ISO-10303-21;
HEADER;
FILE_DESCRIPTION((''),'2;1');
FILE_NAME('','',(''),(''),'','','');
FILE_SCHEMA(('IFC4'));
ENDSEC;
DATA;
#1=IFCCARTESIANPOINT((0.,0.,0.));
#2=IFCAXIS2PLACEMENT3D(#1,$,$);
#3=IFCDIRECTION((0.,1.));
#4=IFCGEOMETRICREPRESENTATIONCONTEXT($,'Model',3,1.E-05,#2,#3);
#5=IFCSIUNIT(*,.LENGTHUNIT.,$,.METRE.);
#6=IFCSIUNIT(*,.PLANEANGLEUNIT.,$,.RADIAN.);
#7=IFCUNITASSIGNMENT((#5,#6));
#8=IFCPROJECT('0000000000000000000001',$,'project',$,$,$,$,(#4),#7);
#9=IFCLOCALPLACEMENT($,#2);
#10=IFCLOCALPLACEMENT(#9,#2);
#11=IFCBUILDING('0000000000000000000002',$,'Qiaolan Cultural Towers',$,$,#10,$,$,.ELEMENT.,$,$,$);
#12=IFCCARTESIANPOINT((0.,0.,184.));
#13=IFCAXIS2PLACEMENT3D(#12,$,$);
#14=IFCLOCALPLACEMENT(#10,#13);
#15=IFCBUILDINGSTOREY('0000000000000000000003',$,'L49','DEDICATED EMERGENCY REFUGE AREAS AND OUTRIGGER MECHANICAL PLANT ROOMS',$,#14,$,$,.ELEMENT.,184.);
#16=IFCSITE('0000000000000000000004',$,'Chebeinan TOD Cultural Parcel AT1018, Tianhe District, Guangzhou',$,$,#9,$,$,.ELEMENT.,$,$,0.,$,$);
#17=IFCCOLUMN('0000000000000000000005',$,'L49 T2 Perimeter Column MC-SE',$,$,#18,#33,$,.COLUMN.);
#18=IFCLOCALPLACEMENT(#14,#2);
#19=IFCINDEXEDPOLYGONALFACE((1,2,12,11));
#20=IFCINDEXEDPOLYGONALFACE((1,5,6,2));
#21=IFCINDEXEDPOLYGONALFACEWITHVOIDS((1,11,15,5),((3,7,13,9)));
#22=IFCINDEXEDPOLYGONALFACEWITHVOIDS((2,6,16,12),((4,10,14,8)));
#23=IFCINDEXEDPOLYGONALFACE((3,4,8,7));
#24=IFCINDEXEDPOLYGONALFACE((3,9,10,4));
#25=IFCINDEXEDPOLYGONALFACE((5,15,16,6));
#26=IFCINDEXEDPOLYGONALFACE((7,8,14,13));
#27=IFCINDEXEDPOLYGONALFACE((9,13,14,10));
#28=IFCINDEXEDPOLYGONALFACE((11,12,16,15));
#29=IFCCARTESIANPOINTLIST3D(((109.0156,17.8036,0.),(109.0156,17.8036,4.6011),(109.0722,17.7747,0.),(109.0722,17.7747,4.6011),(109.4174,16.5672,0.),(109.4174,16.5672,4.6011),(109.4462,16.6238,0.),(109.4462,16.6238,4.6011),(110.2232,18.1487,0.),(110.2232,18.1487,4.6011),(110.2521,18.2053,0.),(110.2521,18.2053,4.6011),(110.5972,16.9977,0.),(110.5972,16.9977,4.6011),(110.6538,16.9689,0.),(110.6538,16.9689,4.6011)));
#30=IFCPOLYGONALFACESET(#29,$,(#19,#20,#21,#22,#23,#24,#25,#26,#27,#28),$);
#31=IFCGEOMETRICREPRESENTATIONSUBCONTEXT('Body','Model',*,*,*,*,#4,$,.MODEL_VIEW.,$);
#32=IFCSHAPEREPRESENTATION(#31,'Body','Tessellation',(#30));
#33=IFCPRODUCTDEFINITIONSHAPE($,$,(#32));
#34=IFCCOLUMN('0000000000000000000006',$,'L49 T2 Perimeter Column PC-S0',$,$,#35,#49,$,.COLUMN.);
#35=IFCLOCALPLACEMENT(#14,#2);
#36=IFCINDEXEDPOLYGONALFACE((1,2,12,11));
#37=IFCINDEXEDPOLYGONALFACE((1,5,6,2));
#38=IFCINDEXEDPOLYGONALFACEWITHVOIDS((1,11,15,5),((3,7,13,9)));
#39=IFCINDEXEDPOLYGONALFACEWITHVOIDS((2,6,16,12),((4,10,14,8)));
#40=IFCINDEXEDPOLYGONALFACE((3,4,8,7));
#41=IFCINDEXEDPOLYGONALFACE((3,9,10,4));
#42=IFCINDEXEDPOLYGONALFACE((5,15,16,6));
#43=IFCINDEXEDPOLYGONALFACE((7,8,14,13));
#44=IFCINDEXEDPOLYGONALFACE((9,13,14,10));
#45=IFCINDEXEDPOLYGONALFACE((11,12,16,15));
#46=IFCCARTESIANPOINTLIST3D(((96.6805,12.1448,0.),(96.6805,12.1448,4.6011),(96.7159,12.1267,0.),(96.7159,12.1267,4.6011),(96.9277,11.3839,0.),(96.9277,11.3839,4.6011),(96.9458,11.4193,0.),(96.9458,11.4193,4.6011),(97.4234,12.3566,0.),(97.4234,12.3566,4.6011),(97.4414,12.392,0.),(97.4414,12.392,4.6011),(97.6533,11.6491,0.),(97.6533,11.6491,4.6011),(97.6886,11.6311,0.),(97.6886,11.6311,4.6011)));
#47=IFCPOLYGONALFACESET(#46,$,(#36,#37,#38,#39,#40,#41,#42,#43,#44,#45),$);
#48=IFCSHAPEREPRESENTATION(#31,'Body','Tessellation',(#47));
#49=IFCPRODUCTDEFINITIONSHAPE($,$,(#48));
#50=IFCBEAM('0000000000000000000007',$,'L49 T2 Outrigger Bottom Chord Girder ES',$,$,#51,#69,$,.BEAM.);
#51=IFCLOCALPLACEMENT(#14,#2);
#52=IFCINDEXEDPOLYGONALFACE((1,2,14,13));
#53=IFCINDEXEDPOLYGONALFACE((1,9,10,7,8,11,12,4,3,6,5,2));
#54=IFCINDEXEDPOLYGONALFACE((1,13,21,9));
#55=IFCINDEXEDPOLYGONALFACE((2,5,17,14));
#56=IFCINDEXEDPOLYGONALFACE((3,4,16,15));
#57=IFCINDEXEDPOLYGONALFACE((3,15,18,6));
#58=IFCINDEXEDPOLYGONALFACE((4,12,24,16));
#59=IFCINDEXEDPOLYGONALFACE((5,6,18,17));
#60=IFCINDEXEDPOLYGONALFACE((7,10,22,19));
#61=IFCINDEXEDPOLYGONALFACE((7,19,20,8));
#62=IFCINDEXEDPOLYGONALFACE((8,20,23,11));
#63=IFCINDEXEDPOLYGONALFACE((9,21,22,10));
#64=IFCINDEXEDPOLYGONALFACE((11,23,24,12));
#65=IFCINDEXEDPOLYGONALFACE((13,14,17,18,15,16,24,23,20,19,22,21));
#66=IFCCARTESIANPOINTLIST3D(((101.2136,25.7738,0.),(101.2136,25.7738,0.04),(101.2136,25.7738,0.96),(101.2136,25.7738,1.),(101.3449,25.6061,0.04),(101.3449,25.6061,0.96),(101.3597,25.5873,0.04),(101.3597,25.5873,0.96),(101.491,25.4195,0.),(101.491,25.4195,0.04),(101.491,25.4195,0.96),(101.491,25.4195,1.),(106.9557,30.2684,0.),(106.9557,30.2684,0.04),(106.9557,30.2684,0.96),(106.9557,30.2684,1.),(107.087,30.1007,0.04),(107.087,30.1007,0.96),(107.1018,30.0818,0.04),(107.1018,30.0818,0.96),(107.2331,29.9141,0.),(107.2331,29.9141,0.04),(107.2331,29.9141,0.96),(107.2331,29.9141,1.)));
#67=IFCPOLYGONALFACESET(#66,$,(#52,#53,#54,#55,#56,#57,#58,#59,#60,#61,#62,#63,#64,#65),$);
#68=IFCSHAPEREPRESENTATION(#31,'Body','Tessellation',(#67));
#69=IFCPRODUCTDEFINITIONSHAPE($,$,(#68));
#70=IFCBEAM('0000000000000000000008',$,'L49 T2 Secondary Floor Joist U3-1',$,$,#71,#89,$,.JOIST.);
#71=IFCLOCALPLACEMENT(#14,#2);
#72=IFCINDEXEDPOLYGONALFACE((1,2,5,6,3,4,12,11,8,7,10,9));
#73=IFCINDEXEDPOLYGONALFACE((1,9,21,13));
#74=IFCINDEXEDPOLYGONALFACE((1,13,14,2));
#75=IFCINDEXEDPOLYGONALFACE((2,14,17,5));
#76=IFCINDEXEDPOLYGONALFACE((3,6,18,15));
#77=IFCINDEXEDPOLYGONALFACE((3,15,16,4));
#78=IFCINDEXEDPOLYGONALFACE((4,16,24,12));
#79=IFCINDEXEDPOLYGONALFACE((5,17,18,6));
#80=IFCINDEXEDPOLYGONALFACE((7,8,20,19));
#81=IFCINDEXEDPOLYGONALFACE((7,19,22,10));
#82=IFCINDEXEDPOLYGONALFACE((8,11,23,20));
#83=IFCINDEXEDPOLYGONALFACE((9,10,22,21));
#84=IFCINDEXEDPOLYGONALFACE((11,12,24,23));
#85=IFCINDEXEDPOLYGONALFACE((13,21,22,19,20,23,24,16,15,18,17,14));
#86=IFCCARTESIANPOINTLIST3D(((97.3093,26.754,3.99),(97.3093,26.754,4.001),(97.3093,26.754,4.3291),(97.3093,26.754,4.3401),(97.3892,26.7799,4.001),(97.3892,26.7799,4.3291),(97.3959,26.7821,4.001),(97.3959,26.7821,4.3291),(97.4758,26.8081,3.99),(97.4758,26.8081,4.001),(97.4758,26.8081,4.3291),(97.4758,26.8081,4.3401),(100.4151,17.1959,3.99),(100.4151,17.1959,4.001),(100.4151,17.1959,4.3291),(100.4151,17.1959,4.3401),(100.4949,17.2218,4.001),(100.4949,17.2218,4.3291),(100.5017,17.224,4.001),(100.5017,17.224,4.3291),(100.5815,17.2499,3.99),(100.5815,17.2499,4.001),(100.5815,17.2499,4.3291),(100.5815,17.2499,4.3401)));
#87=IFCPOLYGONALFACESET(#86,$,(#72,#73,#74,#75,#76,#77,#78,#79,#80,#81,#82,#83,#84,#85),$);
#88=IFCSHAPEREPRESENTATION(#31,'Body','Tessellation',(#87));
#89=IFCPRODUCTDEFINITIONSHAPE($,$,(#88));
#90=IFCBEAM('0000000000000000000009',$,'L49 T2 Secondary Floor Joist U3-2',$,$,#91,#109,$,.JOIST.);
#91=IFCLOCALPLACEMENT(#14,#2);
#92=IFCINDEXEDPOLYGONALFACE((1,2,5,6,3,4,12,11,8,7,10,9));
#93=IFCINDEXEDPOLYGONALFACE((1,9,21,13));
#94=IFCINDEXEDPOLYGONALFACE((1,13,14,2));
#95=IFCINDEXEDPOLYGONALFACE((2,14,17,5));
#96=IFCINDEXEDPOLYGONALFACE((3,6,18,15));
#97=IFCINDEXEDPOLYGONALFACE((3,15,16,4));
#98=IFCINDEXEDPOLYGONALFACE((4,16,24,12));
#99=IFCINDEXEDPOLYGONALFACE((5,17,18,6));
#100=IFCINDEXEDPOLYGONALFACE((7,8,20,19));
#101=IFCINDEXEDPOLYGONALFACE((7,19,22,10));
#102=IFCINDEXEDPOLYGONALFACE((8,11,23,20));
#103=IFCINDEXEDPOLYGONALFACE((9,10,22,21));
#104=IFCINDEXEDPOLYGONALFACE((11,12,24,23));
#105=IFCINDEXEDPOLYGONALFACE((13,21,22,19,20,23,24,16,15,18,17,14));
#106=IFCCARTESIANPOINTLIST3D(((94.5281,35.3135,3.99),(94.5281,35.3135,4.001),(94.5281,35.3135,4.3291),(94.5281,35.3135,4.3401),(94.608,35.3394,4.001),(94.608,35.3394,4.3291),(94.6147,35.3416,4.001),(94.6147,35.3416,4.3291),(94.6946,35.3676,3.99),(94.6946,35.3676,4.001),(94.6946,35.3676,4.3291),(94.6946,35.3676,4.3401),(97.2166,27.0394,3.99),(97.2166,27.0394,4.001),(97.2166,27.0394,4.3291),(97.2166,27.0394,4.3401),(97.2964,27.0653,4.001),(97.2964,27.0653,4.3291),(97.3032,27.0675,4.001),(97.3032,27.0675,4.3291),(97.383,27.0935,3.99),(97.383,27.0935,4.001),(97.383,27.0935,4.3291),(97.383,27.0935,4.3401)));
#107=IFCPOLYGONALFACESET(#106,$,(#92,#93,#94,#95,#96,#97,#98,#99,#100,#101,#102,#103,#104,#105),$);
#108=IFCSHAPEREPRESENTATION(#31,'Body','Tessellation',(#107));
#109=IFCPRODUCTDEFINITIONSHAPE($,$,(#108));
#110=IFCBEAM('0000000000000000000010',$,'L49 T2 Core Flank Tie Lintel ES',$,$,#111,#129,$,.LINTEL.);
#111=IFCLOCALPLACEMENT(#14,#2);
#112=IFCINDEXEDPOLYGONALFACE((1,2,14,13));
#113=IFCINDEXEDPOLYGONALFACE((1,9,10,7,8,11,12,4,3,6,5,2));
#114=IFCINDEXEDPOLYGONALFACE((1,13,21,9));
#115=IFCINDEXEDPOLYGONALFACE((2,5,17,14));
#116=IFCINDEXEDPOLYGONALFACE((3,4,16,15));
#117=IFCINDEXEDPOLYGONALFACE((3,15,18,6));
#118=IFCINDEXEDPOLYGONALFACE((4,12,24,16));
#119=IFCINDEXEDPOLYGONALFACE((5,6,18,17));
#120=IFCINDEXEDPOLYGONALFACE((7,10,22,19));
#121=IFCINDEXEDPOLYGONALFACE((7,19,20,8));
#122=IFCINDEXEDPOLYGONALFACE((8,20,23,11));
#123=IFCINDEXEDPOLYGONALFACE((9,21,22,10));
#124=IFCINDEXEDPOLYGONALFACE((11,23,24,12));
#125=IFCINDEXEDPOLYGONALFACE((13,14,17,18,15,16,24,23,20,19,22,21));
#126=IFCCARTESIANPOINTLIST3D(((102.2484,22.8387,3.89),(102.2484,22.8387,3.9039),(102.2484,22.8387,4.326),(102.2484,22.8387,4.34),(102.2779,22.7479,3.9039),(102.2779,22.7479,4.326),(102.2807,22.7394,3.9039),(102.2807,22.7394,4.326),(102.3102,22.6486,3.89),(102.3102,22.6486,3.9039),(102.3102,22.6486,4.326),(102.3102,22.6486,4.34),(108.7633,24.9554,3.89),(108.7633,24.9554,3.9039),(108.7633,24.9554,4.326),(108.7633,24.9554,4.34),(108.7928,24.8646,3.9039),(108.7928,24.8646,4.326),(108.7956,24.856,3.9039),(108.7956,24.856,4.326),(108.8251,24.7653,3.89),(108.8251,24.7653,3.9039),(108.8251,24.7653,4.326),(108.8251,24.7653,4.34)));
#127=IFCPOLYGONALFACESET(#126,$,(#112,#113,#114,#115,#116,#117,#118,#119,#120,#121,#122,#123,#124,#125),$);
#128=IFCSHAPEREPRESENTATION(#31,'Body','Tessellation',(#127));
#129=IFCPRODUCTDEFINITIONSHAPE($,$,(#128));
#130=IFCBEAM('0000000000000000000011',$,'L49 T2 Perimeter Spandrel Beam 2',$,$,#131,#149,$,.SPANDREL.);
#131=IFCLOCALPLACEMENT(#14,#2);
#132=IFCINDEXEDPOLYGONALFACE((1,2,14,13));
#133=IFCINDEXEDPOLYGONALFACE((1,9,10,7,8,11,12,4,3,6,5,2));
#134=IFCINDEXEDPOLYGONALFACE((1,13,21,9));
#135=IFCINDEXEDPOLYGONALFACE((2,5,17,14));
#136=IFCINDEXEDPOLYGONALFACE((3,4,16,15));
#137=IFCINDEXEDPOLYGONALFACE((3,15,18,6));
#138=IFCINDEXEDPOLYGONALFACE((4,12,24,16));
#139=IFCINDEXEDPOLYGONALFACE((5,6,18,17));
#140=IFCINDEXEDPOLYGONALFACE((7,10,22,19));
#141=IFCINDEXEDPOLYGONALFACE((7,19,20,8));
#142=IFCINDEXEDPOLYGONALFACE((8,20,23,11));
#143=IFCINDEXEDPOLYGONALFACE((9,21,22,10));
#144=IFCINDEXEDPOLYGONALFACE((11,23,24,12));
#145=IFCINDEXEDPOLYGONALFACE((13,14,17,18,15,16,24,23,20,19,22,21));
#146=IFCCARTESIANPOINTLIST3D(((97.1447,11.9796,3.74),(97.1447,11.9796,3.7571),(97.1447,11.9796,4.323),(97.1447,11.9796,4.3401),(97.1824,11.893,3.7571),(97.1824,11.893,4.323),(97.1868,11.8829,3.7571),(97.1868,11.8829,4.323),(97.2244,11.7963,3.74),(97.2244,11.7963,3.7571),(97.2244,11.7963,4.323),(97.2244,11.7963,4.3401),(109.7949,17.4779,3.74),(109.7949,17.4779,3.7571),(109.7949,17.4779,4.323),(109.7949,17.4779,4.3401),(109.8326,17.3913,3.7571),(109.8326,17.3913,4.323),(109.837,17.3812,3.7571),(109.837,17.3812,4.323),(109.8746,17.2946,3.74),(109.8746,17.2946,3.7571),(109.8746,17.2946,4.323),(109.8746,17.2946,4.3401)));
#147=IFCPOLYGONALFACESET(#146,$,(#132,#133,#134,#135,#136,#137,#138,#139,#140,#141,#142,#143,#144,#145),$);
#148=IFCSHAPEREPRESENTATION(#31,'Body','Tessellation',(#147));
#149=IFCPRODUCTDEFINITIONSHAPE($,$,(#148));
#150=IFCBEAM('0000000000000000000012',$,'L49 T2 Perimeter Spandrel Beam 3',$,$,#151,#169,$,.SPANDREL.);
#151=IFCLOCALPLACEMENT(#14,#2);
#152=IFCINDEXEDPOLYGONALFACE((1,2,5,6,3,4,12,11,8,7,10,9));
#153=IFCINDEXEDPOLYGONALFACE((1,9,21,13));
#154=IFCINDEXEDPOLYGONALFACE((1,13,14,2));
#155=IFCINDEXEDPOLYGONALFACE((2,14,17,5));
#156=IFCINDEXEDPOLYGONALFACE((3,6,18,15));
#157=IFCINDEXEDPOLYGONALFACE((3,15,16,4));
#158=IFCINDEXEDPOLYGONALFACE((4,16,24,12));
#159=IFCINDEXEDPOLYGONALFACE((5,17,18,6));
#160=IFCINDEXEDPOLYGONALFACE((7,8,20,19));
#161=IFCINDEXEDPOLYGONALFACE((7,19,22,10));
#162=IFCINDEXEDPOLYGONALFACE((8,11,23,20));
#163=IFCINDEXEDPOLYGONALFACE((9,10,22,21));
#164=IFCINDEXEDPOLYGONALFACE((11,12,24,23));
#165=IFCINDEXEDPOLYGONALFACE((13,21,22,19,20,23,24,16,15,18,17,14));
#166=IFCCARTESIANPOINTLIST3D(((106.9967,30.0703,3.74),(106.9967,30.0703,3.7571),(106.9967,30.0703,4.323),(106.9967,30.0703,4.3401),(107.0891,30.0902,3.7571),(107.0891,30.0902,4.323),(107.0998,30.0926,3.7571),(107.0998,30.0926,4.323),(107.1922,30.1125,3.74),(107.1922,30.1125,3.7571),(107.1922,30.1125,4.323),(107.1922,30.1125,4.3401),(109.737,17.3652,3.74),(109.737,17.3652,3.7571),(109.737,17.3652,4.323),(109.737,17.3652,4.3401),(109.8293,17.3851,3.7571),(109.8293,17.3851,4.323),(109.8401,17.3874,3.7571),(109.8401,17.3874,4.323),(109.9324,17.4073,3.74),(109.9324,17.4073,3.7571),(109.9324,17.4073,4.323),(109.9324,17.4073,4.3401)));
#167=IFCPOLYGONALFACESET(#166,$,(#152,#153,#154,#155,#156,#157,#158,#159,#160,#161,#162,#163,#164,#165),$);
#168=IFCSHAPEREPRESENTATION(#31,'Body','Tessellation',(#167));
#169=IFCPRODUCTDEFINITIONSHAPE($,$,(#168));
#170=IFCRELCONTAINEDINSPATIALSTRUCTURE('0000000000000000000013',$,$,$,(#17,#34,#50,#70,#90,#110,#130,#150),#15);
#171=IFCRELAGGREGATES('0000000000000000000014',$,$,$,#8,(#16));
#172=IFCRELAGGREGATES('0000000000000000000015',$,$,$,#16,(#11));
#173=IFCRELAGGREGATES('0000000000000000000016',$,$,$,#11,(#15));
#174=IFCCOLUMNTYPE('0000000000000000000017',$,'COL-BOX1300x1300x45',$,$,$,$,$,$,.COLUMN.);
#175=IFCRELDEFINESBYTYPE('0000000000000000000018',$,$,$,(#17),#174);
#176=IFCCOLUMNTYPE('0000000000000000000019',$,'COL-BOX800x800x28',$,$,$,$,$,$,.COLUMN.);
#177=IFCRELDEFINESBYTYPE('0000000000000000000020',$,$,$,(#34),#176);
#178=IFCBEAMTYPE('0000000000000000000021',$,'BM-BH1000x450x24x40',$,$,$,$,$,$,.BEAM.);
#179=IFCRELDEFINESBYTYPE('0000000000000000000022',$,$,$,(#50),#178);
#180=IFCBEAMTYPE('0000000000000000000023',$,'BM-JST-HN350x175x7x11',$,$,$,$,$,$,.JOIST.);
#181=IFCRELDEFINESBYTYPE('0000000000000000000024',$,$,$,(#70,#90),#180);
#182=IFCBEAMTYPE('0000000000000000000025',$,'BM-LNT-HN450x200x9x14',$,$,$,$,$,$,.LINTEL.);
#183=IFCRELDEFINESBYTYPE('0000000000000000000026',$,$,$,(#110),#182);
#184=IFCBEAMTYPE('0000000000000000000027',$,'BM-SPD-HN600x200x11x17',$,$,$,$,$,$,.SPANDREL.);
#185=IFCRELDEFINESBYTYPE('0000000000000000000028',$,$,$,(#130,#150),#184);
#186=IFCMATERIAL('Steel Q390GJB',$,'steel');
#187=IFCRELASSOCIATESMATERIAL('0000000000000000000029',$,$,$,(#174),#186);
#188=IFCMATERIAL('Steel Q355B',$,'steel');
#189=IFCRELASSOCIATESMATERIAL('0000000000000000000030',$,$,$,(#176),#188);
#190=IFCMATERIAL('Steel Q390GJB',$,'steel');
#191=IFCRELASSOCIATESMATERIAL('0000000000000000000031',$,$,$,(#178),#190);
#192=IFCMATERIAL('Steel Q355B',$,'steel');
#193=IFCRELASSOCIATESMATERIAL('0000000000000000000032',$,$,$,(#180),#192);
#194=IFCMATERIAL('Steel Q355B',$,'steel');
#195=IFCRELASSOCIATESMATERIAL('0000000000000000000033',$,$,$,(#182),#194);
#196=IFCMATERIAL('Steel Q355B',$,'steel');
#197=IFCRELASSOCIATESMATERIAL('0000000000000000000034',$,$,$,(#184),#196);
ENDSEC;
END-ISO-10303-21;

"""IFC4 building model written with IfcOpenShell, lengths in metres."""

from ifc_helpers import new_model, si_unit, direction, frame, origin, origin_2d, place, context, subcontext, project, spatial, hollow_rectangle, i_section, extrude, material, material_profile, profile_set, type_object, element, save


model = new_model("IFC4")

# Units and contexts
model_context = context("Model", 3, precision=1e-05, world=origin(), true_north=direction((0.0, 1.0)))
body_context = subcontext(model_context, "Body", "Model", "MODEL_VIEW")
ifc_project = project(units=[si_unit("LENGTHUNIT", "METRE"), si_unit("PLANEANGLEUNIT", "RADIAN")], contexts=[model_context])

# Site, building, storey
site_placement = place(None, origin())
site = spatial("IfcSite", under=ifc_project, at=site_placement, Name="Chebeinan TOD Cultural Parcel AT1018, Tianhe District, Guangzhou", CompositionType="ELEMENT", RefElevation=0.0)
building_placement = place(site_placement, origin())
building = spatial("IfcBuilding", under=site, at=building_placement, Name="Qiaolan Cultural Towers", CompositionType="ELEMENT")
storey_placement = place(building_placement, frame((0.0, 0.0, 184.0)))
storey = spatial("IfcBuildingStorey", under=building, at=storey_placement, Name="L49", Description="DEDICATED EMERGENCY REFUGE AREAS AND OUTRIGGER MECHANICAL PLANT ROOMS", CompositionType="ELEMENT", Elevation=184.0)

# Columns
ifc_material_1 = material(Name="Steel Q390GJB", Category="steel")
ifc_material_profile_1 = material_profile(ifc_material_1, hollow_rectangle(XDim=1.3, YDim=1.3, WallThickness=0.0449, at=origin_2d()), Name="BOX1300x1300x45")
ifc_profile_set_1 = profile_set([ifc_material_profile_1], Name="Steel Q390GJB")
column_type_1 = type_object("IfcColumnType", Name="COL-BOX1300x1300x45", PredefinedType="COLUMN", material=ifc_profile_set_1)
column_1_placement = place(storey_placement, frame((109.8347, 17.3862, 0.0), z_axis=(0.0, 0.0, 1.0), x_axis=(0.951057, 0.309017, 0.0)))
element("IfcColumn", 1, at=column_1_placement, inside=storey, type_object=column_type_1, Name="L49 T2 Perimeter Column MC-SE", PredefinedType="COLUMN", context=body_context, shape_type="SweptSolid", body=[
    extrude(hollow_rectangle(XDim=1.3, YDim=1.3, WallThickness=0.0449, at=origin_2d()), origin(), (0.0, 0.0, 1.0), 4.6011),
])
ifc_material_2 = material(Name="Steel Q355B", Category="steel")
ifc_material_profile_2 = material_profile(ifc_material_2, hollow_rectangle(XDim=0.8, YDim=0.8, WallThickness=0.0281, at=origin_2d()), Name="BOX800x800x28")
ifc_profile_set_2 = profile_set([ifc_material_profile_2], Name="Steel Q355B")
column_type_2 = type_object("IfcColumnType", Name="COL-BOX800x800x28", PredefinedType="COLUMN", material=ifc_profile_set_2)
column_2_placement = place(storey_placement, frame((97.1846, 11.8879, 0.0), z_axis=(0.0, 0.0, 1.0), x_axis=(0.951057, 0.309017, 0.0)))
element("IfcColumn", 2, at=column_2_placement, inside=storey, type_object=column_type_2, Name="L49 T2 Perimeter Column PC-S0", PredefinedType="COLUMN", context=body_context, shape_type="SweptSolid", body=[
    extrude(hollow_rectangle(XDim=0.8, YDim=0.8, WallThickness=0.0281, at=origin_2d()), origin(), (0.0, 0.0, 1.0), 4.6011),
])

# Beams
ifc_material_3 = material(Name="Steel Q390GJB", Category="steel")
ifc_material_profile_3 = material_profile(ifc_material_3, i_section(OverallWidth=0.45, OverallDepth=1.0, WebThickness=0.0239, FlangeThickness=0.04, at=origin_2d()), Name="BH1000x450x24x40")
ifc_profile_set_3 = profile_set([ifc_material_profile_3], Name="Steel Q390GJB")
beam_type_1 = type_object("IfcBeamType", Name="BM-BH1000x450x24x40", PredefinedType="BEAM", material=ifc_profile_set_3)
beam_1_placement = place(storey_placement, frame((101.3523, 25.5967, 0.5), z_axis=(0.787456, 0.616371, 0.0), x_axis=(-0.616371, 0.787456, 0.0)))
element("IfcBeam", 3, at=beam_1_placement, inside=storey, type_object=beam_type_1, Name="L49 T2 Outrigger Bottom Chord Girder ES", PredefinedType="BEAM", context=body_context, shape_type="SweptSolid", body=[
    extrude(i_section(OverallWidth=0.45, OverallDepth=1.0, WebThickness=0.0239, FlangeThickness=0.04, at=origin_2d()), origin(), (0.0, 0.0, 1.0), 7.292),
])
ifc_material_4 = material(Name="Steel Q355B", Category="steel")
ifc_material_profile_4 = material_profile(ifc_material_4, i_section(OverallWidth=0.175, OverallDepth=0.3501, WebThickness=0.0071, FlangeThickness=0.011, at=origin_2d()), Name="HN350x175x7x11")
ifc_profile_set_4 = profile_set([ifc_material_profile_4], Name="Steel Q355B")
beam_type_2 = type_object("IfcBeamType", Name="BM-JST-HN350x175x7x11", PredefinedType="JOIST", material=ifc_profile_set_4)
beam_2_placement = place(storey_placement, frame((100.4983, 17.2229, 4.165), z_axis=(-0.309026, 0.951054, 0.0), x_axis=(-0.951054, -0.309026, 0.0)))
element("IfcBeam", 4, at=beam_2_placement, inside=storey, type_object=beam_type_2, Name="L49 T2 Secondary Floor Joist U3-1", PredefinedType="JOIST", context=body_context, shape_type="SweptSolid", body=[
    extrude(i_section(OverallWidth=0.175, OverallDepth=0.3501, WebThickness=0.0071, FlangeThickness=0.011, at=origin_2d()), origin(), (0.0, 0.0, 1.0), 10.05),
])
beam_3_placement = place(storey_placement, frame((97.2998, 27.0664, 4.165), z_axis=(-0.309021, 0.951055, 0.0), x_axis=(-0.951055, -0.309021, 0.0)))
element("IfcBeam", 5, at=beam_3_placement, inside=storey, type_object=beam_type_2, Name="L49 T2 Secondary Floor Joist U3-2", PredefinedType="JOIST", context=body_context, shape_type="SweptSolid", body=[
    extrude(i_section(OverallWidth=0.175, OverallDepth=0.3501, WebThickness=0.0071, FlangeThickness=0.011, at=origin_2d()), origin(), (0.0, 0.0, 1.0), 8.7),
])
ifc_material_5 = material(Name="Steel Q355B", Category="steel")
ifc_material_profile_5 = material_profile(ifc_material_5, i_section(OverallWidth=0.2, OverallDepth=0.45, WebThickness=0.009, FlangeThickness=0.0139, at=origin_2d()), Name="HN450x200x9x14")
ifc_profile_set_5 = profile_set([ifc_material_profile_5], Name="Steel Q355B")
beam_type_3 = type_object("IfcBeamType", Name="BM-LNT-HN450x200x9x14", PredefinedType="LINTEL", material=ifc_profile_set_5)
beam_4_placement = place(storey_placement, frame((102.2793, 22.7437, 4.115), z_axis=(0.951062, 0.309001, 0.0), x_axis=(-0.309001, 0.951062, 0.0)))
element("IfcBeam", 6, at=beam_4_placement, inside=storey, type_object=beam_type_3, Name="L49 T2 Core Flank Tie Lintel ES", PredefinedType="LINTEL", context=body_context, shape_type="SweptSolid", body=[
    extrude(i_section(OverallWidth=0.2, OverallDepth=0.45, WebThickness=0.009, FlangeThickness=0.0139, at=origin_2d()), origin(), (0.0, 0.0, 1.0), 6.8501),
])
ifc_material_6 = material(Name="Steel Q355B", Category="steel")
ifc_material_profile_6 = material_profile(ifc_material_6, i_section(OverallWidth=0.2, OverallDepth=0.6001, WebThickness=0.011, FlangeThickness=0.0171, at=origin_2d()), Name="HN600x200x11x17")
ifc_profile_set_6 = profile_set([ifc_material_profile_6], Name="Steel Q355B")
beam_type_4 = type_object("IfcBeamType", Name="BM-SPD-HN600x200x11x17", PredefinedType="SPANDREL", material=ifc_profile_set_6)
beam_5_placement = place(storey_placement, frame((97.1846, 11.8879, 4.04), z_axis=(0.917117, 0.398618, 0.0), x_axis=(-0.398618, 0.917117, 0.0)))
element("IfcBeam", 7, at=beam_5_placement, inside=storey, type_object=beam_type_4, Name="L49 T2 Perimeter Spandrel Beam 2", PredefinedType="SPANDREL", context=body_context, shape_type="SweptSolid", body=[
    extrude(i_section(OverallWidth=0.2, OverallDepth=0.6001, WebThickness=0.011, FlangeThickness=0.0171, at=origin_2d()), origin(), (0.0, 0.0, 1.0), 13.7935),
])
beam_6_placement = place(storey_placement, frame((109.8347, 17.3862, 4.04), z_axis=(-0.210832, 0.977522, 0.0), x_axis=(-0.977522, -0.210832, 0.0)))
element("IfcBeam", 8, at=beam_6_placement, inside=storey, type_object=beam_type_4, Name="L49 T2 Perimeter Spandrel Beam 3", PredefinedType="SPANDREL", context=body_context, shape_type="SweptSolid", body=[
    extrude(i_section(OverallWidth=0.2, OverallDepth=0.6001, WebThickness=0.011, FlangeThickness=0.0171, at=origin_2d()), origin(), (0.0, 0.0, 1.0), 12.9973),
])

save(model, "model.ifc")
